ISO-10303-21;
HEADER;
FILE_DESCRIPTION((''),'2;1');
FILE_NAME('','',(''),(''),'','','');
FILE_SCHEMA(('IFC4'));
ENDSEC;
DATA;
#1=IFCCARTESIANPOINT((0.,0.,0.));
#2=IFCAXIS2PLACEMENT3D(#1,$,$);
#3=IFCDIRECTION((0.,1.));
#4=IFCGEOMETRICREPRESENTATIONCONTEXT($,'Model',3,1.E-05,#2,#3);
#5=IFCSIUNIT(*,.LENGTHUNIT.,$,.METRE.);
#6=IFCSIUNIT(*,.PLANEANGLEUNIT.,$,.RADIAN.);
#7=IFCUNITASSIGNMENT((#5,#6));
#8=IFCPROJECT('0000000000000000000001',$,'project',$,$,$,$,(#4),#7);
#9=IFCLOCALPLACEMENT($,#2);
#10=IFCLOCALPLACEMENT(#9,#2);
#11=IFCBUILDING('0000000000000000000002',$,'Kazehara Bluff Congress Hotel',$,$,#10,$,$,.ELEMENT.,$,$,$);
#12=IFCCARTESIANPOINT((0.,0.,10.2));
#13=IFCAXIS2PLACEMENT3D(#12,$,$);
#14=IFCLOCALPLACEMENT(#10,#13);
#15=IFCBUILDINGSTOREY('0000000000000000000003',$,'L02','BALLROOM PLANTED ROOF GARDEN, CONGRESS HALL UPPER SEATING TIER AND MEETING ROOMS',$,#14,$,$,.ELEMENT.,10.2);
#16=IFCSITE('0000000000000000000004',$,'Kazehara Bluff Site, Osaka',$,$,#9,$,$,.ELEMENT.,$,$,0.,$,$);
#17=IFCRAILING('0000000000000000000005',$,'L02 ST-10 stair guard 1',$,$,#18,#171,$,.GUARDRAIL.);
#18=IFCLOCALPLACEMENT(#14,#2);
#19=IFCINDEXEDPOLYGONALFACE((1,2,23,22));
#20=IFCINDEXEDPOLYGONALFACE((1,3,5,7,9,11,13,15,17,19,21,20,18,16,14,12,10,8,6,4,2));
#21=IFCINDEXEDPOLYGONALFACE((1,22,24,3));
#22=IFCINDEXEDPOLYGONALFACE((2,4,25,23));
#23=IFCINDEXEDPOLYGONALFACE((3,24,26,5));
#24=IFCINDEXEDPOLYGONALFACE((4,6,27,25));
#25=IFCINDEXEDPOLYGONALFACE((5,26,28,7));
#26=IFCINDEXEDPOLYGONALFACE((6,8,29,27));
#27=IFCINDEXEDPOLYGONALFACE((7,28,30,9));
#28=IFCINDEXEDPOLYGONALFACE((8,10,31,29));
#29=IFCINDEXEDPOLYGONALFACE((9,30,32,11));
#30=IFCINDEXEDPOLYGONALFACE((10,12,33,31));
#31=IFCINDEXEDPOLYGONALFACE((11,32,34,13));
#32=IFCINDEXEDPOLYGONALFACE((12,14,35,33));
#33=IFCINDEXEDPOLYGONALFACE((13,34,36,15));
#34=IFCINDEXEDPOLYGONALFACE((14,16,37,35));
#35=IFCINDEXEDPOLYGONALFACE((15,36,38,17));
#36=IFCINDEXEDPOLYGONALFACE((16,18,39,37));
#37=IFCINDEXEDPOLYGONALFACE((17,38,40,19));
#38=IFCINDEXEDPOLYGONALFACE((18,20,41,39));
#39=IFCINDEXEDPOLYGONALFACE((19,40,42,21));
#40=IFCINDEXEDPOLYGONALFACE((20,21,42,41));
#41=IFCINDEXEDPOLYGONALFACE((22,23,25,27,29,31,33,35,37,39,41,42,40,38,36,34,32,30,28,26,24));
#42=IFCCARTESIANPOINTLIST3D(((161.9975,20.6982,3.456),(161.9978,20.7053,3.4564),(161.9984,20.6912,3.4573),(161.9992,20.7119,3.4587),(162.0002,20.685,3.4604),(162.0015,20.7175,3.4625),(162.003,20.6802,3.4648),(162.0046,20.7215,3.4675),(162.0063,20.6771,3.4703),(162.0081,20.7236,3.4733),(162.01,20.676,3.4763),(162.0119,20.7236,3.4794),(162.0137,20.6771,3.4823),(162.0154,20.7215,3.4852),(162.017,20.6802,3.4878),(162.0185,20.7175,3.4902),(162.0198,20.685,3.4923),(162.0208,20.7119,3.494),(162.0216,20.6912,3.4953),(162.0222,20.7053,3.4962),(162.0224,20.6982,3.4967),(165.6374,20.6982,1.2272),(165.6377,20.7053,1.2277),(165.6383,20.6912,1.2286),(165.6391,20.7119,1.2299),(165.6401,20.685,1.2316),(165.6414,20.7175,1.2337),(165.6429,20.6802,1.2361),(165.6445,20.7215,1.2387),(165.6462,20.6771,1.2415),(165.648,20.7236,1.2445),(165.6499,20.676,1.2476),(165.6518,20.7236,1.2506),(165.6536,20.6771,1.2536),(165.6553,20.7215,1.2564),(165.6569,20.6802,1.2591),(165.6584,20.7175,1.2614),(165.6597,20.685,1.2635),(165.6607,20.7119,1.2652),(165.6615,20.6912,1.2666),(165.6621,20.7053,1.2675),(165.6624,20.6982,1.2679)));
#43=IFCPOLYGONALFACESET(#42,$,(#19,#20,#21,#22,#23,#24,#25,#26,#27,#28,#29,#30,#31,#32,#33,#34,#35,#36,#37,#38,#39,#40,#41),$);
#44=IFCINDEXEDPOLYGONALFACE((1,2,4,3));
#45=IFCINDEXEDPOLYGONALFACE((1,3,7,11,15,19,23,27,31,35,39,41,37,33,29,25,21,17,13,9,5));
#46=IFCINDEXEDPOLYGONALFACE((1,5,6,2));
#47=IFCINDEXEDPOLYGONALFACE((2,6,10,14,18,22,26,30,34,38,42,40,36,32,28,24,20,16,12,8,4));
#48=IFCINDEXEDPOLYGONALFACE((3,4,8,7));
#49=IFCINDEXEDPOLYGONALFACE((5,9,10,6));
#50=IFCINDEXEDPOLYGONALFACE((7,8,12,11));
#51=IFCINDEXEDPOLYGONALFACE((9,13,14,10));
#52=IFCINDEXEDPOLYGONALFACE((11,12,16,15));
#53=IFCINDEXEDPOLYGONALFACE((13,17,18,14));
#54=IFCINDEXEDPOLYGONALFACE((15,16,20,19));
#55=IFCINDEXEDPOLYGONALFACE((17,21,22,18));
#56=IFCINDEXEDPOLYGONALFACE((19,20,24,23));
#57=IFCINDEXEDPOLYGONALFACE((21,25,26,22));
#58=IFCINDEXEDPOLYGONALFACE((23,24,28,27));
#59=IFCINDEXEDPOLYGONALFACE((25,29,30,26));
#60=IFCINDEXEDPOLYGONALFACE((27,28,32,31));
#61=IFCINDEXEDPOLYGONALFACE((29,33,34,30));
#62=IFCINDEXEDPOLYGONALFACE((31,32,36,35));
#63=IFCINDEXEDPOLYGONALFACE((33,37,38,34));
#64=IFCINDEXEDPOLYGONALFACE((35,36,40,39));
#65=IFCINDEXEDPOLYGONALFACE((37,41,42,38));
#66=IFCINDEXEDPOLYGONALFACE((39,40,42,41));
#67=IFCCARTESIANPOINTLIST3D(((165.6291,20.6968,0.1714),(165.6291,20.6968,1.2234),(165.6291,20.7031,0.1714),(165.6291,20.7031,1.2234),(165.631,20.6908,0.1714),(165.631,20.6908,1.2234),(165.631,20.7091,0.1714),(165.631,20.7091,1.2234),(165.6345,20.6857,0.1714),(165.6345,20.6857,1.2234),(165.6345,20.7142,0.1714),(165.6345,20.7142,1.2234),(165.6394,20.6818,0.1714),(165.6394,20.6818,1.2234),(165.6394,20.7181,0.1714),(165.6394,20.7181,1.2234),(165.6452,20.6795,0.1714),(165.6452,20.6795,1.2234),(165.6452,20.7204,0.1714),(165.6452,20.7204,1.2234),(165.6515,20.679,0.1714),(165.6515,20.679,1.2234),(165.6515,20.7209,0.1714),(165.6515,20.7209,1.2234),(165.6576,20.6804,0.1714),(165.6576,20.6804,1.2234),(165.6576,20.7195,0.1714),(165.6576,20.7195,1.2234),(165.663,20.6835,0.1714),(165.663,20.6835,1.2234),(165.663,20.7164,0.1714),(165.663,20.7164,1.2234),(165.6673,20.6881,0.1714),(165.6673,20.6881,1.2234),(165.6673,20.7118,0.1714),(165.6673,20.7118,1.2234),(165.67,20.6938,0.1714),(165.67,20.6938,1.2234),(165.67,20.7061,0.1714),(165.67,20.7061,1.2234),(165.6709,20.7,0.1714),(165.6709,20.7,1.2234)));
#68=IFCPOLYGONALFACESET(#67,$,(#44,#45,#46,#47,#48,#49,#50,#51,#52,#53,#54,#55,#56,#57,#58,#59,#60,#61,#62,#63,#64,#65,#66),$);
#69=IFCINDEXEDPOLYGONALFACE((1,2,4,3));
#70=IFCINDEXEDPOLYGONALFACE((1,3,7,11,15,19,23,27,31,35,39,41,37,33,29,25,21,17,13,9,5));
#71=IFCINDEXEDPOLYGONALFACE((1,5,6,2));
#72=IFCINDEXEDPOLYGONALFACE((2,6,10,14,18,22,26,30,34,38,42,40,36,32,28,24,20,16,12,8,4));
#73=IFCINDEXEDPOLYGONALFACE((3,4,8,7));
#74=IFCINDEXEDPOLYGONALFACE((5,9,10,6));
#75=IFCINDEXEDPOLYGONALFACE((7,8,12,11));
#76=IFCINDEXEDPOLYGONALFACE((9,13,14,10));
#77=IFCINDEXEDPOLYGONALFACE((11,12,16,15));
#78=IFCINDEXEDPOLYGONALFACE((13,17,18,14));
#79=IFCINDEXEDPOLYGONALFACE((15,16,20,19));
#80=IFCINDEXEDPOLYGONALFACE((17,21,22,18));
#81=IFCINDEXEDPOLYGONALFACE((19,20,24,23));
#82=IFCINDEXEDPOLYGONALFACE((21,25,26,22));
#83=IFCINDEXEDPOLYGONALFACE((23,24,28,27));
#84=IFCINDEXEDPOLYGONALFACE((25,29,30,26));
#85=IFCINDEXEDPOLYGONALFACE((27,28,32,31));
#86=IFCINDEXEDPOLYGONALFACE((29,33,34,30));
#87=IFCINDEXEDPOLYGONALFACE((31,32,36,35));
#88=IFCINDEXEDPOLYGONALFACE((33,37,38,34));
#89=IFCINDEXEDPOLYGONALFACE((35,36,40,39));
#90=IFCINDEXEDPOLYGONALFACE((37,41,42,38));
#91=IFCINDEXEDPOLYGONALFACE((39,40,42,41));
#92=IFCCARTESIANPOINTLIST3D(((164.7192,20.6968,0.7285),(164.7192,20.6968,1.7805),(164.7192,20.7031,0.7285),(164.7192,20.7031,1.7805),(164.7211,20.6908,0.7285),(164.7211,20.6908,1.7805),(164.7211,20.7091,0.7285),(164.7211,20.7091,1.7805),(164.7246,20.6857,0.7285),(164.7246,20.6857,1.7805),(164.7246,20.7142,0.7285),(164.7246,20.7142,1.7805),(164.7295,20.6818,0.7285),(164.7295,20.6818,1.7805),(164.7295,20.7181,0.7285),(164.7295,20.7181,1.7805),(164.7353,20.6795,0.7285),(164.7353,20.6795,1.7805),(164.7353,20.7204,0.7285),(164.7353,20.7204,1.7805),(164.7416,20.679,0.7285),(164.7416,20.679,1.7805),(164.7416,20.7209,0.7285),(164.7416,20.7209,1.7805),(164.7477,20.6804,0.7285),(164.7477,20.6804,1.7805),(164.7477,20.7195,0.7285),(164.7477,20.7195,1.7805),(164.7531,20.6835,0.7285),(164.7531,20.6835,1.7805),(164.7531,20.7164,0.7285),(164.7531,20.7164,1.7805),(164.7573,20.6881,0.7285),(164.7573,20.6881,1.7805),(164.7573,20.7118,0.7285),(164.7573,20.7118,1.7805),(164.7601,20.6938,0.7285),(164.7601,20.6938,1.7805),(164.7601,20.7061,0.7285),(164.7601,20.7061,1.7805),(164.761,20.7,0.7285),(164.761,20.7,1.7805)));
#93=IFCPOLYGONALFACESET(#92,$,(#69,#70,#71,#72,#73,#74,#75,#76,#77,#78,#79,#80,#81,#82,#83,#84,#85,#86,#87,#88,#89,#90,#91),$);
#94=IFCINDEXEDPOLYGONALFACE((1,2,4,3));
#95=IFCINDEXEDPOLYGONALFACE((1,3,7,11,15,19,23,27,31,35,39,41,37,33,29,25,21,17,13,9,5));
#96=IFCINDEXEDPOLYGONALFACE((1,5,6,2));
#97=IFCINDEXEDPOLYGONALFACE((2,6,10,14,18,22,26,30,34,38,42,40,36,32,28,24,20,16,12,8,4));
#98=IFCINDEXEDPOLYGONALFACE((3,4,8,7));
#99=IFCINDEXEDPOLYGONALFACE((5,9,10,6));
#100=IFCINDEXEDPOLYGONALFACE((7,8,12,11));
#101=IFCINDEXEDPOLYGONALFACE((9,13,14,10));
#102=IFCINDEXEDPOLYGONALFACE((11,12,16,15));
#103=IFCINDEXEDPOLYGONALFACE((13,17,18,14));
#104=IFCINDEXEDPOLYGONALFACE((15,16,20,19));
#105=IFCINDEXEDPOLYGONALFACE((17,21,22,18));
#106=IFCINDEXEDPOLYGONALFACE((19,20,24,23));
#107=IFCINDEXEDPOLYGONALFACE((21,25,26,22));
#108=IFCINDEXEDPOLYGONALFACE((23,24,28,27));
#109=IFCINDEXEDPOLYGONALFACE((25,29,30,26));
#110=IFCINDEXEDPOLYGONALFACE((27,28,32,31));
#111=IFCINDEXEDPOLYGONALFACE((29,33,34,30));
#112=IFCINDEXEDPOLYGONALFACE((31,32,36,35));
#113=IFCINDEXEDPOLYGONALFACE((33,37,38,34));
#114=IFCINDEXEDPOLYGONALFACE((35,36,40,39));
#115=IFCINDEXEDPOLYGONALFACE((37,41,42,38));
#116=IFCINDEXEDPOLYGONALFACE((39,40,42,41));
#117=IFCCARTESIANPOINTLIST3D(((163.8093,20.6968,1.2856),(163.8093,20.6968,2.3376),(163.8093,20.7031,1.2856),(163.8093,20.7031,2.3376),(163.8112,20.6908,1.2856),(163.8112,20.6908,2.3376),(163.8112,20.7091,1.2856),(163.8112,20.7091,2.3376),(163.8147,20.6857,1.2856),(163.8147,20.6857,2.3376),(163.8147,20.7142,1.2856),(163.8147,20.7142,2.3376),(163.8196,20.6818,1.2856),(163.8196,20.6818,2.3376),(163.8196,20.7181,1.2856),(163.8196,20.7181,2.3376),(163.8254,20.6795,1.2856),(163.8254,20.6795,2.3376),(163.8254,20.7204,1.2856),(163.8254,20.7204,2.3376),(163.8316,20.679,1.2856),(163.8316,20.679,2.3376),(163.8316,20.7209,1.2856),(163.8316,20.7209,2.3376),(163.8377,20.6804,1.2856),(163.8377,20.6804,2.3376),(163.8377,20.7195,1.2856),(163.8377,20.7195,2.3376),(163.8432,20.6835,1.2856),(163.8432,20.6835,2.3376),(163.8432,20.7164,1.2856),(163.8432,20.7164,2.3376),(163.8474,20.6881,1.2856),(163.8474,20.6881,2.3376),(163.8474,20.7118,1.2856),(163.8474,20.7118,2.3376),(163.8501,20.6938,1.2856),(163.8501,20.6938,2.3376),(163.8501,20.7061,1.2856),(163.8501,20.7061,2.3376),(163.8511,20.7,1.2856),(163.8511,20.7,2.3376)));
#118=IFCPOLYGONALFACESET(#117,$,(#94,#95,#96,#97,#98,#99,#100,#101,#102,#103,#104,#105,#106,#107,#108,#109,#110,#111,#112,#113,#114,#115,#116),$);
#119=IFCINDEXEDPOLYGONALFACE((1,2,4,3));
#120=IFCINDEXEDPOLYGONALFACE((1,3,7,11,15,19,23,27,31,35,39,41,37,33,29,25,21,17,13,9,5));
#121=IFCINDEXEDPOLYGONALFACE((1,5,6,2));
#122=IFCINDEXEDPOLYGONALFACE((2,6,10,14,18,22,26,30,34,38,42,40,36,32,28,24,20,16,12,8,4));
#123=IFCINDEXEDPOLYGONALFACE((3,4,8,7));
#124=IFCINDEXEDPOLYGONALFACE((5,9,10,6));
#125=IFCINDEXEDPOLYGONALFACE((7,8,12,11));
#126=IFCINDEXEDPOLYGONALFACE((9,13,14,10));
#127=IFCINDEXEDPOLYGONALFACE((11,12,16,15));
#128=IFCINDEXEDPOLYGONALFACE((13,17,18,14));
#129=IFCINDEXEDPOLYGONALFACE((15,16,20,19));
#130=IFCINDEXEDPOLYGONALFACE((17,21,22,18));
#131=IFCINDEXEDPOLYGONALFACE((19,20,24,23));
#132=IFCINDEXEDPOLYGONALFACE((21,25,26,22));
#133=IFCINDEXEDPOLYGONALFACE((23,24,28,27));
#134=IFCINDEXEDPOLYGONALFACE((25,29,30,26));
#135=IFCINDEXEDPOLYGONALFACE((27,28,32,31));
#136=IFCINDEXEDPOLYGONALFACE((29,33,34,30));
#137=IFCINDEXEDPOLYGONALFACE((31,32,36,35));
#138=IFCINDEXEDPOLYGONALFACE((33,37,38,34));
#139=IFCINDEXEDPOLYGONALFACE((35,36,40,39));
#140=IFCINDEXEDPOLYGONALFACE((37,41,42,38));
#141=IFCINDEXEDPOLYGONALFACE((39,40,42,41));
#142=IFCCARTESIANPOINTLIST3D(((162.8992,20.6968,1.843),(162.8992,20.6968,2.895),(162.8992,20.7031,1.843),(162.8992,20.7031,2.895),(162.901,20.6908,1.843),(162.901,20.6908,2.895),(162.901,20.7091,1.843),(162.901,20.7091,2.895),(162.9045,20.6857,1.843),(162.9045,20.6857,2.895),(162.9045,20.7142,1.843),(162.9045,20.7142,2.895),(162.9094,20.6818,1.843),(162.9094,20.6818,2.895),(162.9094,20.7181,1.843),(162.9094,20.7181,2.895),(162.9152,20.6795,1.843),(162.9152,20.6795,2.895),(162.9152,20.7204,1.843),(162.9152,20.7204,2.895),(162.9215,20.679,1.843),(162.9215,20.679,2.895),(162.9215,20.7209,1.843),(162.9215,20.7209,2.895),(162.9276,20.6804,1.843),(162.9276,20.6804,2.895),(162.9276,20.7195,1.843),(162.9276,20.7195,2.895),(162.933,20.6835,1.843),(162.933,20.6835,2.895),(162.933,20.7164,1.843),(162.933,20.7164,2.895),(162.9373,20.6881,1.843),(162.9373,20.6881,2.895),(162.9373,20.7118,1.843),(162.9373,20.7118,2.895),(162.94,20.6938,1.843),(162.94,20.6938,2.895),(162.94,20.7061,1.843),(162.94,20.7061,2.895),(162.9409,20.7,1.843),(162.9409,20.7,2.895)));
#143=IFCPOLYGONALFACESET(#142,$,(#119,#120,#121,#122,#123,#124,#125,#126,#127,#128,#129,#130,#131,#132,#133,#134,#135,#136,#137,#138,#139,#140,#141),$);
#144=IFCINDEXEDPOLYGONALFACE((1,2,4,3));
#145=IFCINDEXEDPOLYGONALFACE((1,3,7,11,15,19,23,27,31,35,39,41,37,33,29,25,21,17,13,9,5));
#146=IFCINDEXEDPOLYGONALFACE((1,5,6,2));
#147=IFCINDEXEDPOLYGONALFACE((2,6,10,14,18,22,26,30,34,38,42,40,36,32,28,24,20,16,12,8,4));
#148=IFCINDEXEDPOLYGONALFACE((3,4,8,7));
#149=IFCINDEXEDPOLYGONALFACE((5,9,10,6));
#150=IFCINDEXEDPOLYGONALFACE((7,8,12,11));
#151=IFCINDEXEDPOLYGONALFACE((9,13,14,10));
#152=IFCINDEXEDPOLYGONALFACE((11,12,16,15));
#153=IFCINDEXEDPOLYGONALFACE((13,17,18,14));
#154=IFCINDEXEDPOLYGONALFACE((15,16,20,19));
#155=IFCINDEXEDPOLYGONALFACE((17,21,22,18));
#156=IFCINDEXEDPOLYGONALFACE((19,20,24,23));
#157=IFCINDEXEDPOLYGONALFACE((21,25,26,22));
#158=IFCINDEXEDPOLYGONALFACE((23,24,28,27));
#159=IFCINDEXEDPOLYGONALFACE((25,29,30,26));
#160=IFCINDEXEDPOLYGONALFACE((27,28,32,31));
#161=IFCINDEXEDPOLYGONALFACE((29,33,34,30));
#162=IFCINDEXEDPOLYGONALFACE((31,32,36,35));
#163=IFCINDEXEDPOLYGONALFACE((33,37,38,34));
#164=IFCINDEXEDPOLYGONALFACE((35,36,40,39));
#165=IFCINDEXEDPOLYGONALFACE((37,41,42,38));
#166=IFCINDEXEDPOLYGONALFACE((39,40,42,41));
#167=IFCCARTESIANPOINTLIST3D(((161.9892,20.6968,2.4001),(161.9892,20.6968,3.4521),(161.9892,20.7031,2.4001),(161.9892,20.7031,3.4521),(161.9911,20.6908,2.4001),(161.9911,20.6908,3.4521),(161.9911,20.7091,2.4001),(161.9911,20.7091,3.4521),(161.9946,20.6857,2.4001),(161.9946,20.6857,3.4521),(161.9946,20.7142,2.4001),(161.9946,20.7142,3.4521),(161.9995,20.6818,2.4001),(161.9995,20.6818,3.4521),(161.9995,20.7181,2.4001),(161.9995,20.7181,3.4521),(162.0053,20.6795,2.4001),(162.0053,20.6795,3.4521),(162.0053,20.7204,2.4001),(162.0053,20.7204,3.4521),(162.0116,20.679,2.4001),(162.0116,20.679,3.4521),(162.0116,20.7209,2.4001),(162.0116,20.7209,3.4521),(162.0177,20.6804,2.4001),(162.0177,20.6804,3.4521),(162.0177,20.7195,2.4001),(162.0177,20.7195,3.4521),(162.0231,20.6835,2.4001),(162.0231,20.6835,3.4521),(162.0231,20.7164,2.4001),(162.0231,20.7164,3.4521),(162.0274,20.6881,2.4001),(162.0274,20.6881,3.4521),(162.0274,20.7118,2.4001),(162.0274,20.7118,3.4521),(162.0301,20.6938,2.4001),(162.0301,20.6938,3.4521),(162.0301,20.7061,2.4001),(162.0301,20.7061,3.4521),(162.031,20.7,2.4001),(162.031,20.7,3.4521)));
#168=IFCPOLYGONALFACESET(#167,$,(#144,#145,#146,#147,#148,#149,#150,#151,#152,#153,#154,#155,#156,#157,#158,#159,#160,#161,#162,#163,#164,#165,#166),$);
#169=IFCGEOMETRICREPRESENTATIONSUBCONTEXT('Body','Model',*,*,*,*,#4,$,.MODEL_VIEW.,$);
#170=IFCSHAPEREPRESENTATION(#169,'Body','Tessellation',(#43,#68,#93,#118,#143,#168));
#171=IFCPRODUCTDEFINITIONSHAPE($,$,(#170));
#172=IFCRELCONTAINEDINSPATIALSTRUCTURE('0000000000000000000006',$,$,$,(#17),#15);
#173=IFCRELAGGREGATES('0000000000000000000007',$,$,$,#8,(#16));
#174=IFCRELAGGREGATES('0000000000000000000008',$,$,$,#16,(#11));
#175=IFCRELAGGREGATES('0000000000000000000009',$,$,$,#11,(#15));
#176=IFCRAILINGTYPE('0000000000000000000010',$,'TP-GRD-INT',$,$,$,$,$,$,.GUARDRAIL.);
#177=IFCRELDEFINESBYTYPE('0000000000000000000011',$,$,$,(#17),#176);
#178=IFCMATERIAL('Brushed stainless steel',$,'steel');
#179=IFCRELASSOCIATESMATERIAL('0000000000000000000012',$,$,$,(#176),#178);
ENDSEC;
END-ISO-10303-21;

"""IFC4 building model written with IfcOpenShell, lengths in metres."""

from ifc_helpers import new_model, si_unit, direction, frame, origin, origin_2d, place, context, subcontext, project, spatial, circle, extrude, material, type_object, element, save


model = new_model("IFC4")

# Units and contexts
model_context = context("Model", 3, precision=1e-05, world=origin(), true_north=direction((0.0, 1.0)))
body_context = subcontext(model_context, "Body", "Model", "MODEL_VIEW")
ifc_project = project(units=[si_unit("LENGTHUNIT", "METRE"), si_unit("PLANEANGLEUNIT", "RADIAN")], contexts=[model_context])

# Site, building, storey
site_placement = place(None, origin())
site = spatial("IfcSite", under=ifc_project, at=site_placement, Name="Kazehara Bluff Site, Osaka", CompositionType="ELEMENT", RefElevation=0.0)
building_placement = place(site_placement, origin())
building = spatial("IfcBuilding", under=site, at=building_placement, Name="Kazehara Bluff Congress Hotel", CompositionType="ELEMENT")
storey_placement = place(building_placement, frame((0.0, 0.0, 10.2)))
storey = spatial("IfcBuildingStorey", under=building, at=storey_placement, Name="L02", Description="BALLROOM PLANTED ROOF GARDEN, CONGRESS HALL UPPER SEATING TIER AND MEETING ROOMS", CompositionType="ELEMENT", Elevation=10.2)

# Railing
ifc_material_1 = material(Name="Brushed stainless steel", Category="steel")
railing_type_1 = type_object("IfcRailingType", Name="TP-GRD-INT", PredefinedType="GUARDRAIL", material=ifc_material_1)
railing_1_placement = place(storey_placement, frame((165.6499, 20.7, 0.1714)))
element("IfcRailing", 1, at=railing_1_placement, inside=storey, type_object=railing_type_1, Name="L02 ST-10 stair guard 1", PredefinedType="GUARDRAIL", context=body_context, shape_type="SweptSolid", body=[
    extrude(circle(Radius=0.0239, at=origin_2d()), frame((0.0, 0.0, 1.0762), z_axis=(-0.852825, 0.0, 0.522197), x_axis=(0.0, -1.0, 0.0)), (0.0, 0.0, 1.0), 4.2681),
    extrude(circle(Radius=0.021, at=origin_2d()), origin(), (0.0, 0.0, 1.0), 1.052),
    extrude(circle(Radius=0.021, at=origin_2d()), frame((-0.9099, 0.0, 0.5571)), (0.0, 0.0, 1.0), 1.052),
    extrude(circle(Radius=0.021, at=origin_2d()), frame((-1.8198, 0.0, 1.1143)), (0.0, 0.0, 1.0), 1.052),
    extrude(circle(Radius=0.021, at=origin_2d()), frame((-2.73, 0.0, 1.6716)), (0.0, 0.0, 1.0), 1.052),
    extrude(circle(Radius=0.021, at=origin_2d()), frame((-3.6399, 0.0, 2.2288)), (0.0, 0.0, 1.0), 1.052),
])

save(model, "model.ifc")
